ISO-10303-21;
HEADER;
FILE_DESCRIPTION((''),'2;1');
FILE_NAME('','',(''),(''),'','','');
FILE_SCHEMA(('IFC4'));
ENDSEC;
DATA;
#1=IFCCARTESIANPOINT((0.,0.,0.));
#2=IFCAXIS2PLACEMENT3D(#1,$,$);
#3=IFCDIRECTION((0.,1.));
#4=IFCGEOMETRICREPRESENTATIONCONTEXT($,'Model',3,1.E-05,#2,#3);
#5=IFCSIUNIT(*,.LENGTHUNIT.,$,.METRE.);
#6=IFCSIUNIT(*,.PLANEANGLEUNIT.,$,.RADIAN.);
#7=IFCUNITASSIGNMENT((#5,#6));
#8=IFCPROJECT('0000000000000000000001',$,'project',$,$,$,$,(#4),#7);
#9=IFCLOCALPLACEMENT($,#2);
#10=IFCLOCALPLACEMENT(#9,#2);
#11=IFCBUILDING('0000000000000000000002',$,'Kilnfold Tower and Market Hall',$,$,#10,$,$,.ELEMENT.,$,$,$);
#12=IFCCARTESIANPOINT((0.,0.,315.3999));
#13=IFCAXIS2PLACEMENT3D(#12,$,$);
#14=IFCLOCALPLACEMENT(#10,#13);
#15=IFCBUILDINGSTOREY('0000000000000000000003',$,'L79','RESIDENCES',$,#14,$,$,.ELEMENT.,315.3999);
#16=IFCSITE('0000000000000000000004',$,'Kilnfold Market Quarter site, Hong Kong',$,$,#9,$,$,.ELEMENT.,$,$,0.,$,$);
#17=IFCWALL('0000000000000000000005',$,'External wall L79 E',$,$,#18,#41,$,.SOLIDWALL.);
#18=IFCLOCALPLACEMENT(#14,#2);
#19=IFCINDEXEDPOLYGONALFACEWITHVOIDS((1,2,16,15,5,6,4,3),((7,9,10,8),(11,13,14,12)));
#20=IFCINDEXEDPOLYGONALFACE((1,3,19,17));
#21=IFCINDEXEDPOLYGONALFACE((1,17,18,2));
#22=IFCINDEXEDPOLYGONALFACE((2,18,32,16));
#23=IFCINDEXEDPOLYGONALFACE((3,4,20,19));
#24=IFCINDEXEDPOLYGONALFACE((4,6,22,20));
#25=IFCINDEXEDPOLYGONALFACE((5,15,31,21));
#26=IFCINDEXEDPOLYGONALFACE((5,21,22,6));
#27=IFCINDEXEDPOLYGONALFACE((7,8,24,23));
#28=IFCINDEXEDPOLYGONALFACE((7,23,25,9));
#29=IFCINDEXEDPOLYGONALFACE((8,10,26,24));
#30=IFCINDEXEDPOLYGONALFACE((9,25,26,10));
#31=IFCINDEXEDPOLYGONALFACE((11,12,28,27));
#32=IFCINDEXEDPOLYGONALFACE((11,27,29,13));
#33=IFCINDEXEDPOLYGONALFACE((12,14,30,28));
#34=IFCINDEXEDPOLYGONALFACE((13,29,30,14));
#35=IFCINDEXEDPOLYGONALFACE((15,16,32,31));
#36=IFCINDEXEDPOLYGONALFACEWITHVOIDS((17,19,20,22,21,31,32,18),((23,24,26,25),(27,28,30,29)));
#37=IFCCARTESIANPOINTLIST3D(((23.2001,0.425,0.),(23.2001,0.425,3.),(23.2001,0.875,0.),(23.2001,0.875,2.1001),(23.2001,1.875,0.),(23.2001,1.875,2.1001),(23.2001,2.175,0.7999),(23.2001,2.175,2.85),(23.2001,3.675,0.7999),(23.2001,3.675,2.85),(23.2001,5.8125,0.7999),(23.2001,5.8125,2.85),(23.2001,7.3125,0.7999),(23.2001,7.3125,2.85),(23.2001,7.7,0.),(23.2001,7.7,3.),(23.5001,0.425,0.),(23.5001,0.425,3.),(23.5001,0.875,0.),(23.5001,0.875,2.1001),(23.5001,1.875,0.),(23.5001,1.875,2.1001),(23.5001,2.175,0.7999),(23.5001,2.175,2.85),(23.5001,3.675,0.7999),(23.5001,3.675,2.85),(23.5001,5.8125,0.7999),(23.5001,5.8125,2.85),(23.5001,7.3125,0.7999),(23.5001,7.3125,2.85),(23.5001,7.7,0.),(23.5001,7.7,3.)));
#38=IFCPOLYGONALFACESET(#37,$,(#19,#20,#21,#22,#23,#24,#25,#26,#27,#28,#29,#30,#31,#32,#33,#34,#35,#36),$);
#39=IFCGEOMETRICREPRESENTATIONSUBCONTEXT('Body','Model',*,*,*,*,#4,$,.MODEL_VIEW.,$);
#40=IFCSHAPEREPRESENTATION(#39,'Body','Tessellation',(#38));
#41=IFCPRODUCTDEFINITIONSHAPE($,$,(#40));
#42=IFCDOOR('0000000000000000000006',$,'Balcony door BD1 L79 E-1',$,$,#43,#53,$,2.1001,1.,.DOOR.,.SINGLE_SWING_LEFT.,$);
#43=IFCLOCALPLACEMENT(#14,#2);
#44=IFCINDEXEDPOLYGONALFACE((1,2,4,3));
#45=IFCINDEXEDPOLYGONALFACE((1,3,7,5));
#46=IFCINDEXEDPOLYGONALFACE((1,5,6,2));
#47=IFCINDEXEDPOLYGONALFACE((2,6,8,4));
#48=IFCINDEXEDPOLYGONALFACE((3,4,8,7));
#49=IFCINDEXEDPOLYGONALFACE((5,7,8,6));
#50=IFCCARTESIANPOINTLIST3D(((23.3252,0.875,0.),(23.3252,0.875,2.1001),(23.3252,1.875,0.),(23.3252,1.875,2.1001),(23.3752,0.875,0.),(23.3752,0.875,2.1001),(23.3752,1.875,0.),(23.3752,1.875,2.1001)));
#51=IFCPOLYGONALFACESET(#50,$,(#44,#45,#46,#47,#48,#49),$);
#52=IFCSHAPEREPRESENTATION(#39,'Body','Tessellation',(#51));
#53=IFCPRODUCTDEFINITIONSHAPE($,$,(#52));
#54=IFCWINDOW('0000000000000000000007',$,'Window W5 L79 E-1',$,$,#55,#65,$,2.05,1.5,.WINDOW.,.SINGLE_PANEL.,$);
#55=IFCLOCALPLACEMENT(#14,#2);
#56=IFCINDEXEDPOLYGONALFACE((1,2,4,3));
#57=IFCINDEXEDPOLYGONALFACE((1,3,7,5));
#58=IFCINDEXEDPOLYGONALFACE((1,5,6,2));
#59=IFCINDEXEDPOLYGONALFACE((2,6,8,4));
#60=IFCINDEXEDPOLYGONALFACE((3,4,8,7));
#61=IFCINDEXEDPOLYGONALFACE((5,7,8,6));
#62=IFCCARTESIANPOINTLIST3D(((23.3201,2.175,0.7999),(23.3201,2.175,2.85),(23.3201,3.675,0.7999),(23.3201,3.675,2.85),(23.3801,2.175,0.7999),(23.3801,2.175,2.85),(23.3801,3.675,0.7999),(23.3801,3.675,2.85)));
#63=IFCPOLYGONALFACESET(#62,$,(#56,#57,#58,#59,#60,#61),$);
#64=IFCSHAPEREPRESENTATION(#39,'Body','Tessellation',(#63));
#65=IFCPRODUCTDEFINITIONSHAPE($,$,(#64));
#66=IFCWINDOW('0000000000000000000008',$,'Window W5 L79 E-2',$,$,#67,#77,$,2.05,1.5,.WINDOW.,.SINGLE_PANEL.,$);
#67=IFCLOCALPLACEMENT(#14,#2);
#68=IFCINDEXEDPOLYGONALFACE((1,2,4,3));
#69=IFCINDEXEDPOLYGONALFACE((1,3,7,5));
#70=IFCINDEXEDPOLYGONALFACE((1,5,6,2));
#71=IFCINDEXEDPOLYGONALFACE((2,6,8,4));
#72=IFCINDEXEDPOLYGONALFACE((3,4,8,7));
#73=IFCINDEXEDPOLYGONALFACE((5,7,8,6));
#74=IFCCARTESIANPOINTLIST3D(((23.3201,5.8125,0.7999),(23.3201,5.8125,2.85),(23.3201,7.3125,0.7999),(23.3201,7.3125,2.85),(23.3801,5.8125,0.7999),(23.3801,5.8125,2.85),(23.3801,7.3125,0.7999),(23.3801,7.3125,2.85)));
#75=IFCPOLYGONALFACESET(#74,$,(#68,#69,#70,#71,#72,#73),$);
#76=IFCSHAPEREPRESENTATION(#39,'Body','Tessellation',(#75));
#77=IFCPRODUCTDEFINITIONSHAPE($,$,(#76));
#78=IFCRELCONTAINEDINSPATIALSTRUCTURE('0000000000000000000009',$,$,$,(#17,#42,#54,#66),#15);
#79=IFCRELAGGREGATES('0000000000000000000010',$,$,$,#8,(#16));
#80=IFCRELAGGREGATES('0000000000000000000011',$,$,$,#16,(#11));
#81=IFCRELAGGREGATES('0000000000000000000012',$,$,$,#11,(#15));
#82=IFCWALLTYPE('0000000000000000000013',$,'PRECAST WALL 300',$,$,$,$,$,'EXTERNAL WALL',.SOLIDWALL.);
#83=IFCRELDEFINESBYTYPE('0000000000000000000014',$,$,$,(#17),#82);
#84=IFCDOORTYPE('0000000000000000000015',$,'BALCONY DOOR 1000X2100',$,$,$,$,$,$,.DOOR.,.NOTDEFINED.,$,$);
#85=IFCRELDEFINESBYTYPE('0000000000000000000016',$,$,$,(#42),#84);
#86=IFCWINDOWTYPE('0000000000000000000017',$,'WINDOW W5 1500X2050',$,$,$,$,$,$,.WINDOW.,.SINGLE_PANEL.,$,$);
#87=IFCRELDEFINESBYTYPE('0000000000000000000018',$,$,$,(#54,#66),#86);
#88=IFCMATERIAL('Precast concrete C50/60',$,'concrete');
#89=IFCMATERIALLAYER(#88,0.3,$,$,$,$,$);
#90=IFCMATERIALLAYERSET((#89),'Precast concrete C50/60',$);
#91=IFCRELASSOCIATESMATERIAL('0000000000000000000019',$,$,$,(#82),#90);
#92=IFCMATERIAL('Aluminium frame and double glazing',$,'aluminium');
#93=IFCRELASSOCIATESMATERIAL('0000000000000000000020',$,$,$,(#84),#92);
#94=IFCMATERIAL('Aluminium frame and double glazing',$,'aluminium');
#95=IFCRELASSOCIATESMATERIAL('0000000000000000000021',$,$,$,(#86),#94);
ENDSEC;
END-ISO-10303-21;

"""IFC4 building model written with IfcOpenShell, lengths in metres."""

from ifc_helpers import new_model, si_unit, direction, frame, frame_2d, origin, place, context, subcontext, project, spatial, rectangle, extrude, source, transform, mapped, material, layer, layer_set, type_object, element, fill, save


model = new_model("IFC4")

# Units and contexts
model_context = context("Model", 3, precision=1e-05, world=origin(), true_north=direction((0.0, 1.0)))
body_context = subcontext(model_context, "Body", "Model", "MODEL_VIEW")
ifc_project = project(units=[si_unit("LENGTHUNIT", "METRE"), si_unit("PLANEANGLEUNIT", "RADIAN")], contexts=[model_context])

# Site, building, storey
site_placement = place(None, origin())
site = spatial("IfcSite", under=ifc_project, at=site_placement, Name="Kilnfold Market Quarter site, Hong Kong", CompositionType="ELEMENT", RefElevation=0.0)
building_placement = place(site_placement, origin())
building = spatial("IfcBuilding", under=site, at=building_placement, Name="Kilnfold Tower and Market Hall", CompositionType="ELEMENT")
storey_placement = place(building_placement, frame((0.0, 0.0, 315.3999)))
storey = spatial("IfcBuildingStorey", under=building, at=storey_placement, Name="L79", Description="RESIDENCES", CompositionType="ELEMENT", Elevation=315.3999)

# Wall, openings, door, windows
ifc_material_1 = material(Name="Precast concrete C50/60", Category="concrete")
ifc_layer_1 = layer(ifc_material_1, 0.3)
ifc_layer_set_1 = layer_set([ifc_layer_1], Name="Precast concrete C50/60")
wall_type_1 = type_object("IfcWallType", Name="PRECAST WALL 300", ElementType="EXTERNAL WALL", PredefinedType="SOLIDWALL", material=ifc_layer_set_1)
shared_shape_1 = source(origin(), body_context, "Body", "SweptSolid", [
    extrude(rectangle(XDim=7.2749, YDim=0.3, at=frame_2d((3.6375, 0.0))), origin(), (0.0, 0.0, 1.0), 3.0),
])
wall_1_placement = place(storey_placement, frame((23.3501, 0.425, 0.0), z_axis=(0.0, 0.0, 1.0), x_axis=(0.0, 1.0, 0.0)))
wall_1 = element("IfcWall", 1, at=wall_1_placement, inside=storey, type_object=wall_type_1, Name="External wall L79 E", PredefinedType="SOLIDWALL", context=body_context, shape_type="MappedRepresentation", body=[
    mapped(shared_shape_1, transform((0.0, 0.0, 0.0))),
])
opening_1_placement = place(wall_1_placement, frame((1.75, 0.0, 0.8)))
opening_1 = element("IfcOpeningElement", 2, at=opening_1_placement, cuts=wall_1, PredefinedType="OPENING", context=body_context, shape_type="SweptSolid", body=[
    extrude(rectangle(XDim=1.5, YDim=2.05, at=frame_2d((0.75, 1.0249))), frame((0.0, 0.1602, 0.0), z_axis=(0.0, -1.0, 0.0), x_axis=(1.0, 0.0, 0.0)), (0.0, 0.0, 1.0), 0.3201),
])
opening_2_placement = place(wall_1_placement, frame((0.45, 0.0, 0.0)))
opening_2 = element("IfcOpeningElement", 3, at=opening_2_placement, cuts=wall_1, PredefinedType="OPENING", context=body_context, shape_type="SweptSolid", body=[
    extrude(rectangle(XDim=1.0, YDim=2.1001, at=frame_2d((0.5, 1.05))), frame((0.0, 0.1602, 0.0), z_axis=(0.0, -1.0, 0.0), x_axis=(1.0, 0.0, 0.0)), (0.0, 0.0, 1.0), 0.3201),
])
opening_3_placement = place(wall_1_placement, frame((5.3875, 0.0, 0.8)))
opening_3 = element("IfcOpeningElement", 4, at=opening_3_placement, cuts=wall_1, PredefinedType="OPENING", context=body_context, shape_type="SweptSolid", body=[
    extrude(rectangle(XDim=1.5, YDim=2.05, at=frame_2d((0.75, 1.0249))), frame((0.0, 0.1602, 0.0), z_axis=(0.0, -1.0, 0.0), x_axis=(1.0, 0.0, 0.0)), (0.0, 0.0, 1.0), 0.3201),
])
ifc_material_2 = material(Name="Aluminium frame and double glazing", Category="aluminium")
door_type_1 = type_object("IfcDoorType", Name="BALCONY DOOR 1000X2100", OperationType="NOTDEFINED", PredefinedType="DOOR", material=ifc_material_2)
door_1_placement = place(opening_2_placement, origin())
door_1 = element("IfcDoor", 5, at=door_1_placement, inside=storey, type_object=door_type_1, Name="Balcony door BD1 L79 E-1", OperationType="SINGLE_SWING_LEFT", OverallHeight=2.1001, OverallWidth=1.0, PredefinedType="DOOR", context=body_context, shape_type="SweptSolid", body=[
    extrude(rectangle(XDim=1.0, YDim=2.1001, at=frame_2d((0.5, 1.05))), frame((0.0, 0.0249, 0.0), z_axis=(0.0, -1.0, 0.0), x_axis=(1.0, 0.0, 0.0)), (0.0, 0.0, 1.0), 0.05),
])
fill(opening_2, door_1)
ifc_material_3 = material(Name="Aluminium frame and double glazing", Category="aluminium")
window_type = type_object("IfcWindowType", Name="WINDOW W5 1500X2050", PartitioningType="SINGLE_PANEL", PredefinedType="WINDOW", material=ifc_material_3)
window_1_placement = place(opening_1_placement, origin())
window_1 = element("IfcWindow", 6, at=window_1_placement, inside=storey, type_object=window_type, Name="Window W5 L79 E-1", OverallHeight=2.05, OverallWidth=1.5, PartitioningType="SINGLE_PANEL", PredefinedType="WINDOW", context=body_context, shape_type="SweptSolid", body=[
    extrude(rectangle(XDim=1.5, YDim=2.05, at=frame_2d((0.75, 1.0249))), frame((0.0, 0.03, 0.0), z_axis=(0.0, -1.0, 0.0), x_axis=(1.0, 0.0, 0.0)), (0.0, 0.0, 1.0), 0.0601),
])
fill(opening_1, window_1)
window_2_placement = place(opening_3_placement, origin())
window_2 = element("IfcWindow", 7, at=window_2_placement, inside=storey, type_object=window_type, Name="Window W5 L79 E-2", OverallHeight=2.05, OverallWidth=1.5, PartitioningType="SINGLE_PANEL", PredefinedType="WINDOW", context=body_context, shape_type="SweptSolid", body=[
    extrude(rectangle(XDim=1.5, YDim=2.05, at=frame_2d((0.75, 1.0249))), frame((0.0, 0.03, 0.0), z_axis=(0.0, -1.0, 0.0), x_axis=(1.0, 0.0, 0.0)), (0.0, 0.0, 1.0), 0.0601),
])
fill(opening_3, window_2)

save(model, "model.ifc")
